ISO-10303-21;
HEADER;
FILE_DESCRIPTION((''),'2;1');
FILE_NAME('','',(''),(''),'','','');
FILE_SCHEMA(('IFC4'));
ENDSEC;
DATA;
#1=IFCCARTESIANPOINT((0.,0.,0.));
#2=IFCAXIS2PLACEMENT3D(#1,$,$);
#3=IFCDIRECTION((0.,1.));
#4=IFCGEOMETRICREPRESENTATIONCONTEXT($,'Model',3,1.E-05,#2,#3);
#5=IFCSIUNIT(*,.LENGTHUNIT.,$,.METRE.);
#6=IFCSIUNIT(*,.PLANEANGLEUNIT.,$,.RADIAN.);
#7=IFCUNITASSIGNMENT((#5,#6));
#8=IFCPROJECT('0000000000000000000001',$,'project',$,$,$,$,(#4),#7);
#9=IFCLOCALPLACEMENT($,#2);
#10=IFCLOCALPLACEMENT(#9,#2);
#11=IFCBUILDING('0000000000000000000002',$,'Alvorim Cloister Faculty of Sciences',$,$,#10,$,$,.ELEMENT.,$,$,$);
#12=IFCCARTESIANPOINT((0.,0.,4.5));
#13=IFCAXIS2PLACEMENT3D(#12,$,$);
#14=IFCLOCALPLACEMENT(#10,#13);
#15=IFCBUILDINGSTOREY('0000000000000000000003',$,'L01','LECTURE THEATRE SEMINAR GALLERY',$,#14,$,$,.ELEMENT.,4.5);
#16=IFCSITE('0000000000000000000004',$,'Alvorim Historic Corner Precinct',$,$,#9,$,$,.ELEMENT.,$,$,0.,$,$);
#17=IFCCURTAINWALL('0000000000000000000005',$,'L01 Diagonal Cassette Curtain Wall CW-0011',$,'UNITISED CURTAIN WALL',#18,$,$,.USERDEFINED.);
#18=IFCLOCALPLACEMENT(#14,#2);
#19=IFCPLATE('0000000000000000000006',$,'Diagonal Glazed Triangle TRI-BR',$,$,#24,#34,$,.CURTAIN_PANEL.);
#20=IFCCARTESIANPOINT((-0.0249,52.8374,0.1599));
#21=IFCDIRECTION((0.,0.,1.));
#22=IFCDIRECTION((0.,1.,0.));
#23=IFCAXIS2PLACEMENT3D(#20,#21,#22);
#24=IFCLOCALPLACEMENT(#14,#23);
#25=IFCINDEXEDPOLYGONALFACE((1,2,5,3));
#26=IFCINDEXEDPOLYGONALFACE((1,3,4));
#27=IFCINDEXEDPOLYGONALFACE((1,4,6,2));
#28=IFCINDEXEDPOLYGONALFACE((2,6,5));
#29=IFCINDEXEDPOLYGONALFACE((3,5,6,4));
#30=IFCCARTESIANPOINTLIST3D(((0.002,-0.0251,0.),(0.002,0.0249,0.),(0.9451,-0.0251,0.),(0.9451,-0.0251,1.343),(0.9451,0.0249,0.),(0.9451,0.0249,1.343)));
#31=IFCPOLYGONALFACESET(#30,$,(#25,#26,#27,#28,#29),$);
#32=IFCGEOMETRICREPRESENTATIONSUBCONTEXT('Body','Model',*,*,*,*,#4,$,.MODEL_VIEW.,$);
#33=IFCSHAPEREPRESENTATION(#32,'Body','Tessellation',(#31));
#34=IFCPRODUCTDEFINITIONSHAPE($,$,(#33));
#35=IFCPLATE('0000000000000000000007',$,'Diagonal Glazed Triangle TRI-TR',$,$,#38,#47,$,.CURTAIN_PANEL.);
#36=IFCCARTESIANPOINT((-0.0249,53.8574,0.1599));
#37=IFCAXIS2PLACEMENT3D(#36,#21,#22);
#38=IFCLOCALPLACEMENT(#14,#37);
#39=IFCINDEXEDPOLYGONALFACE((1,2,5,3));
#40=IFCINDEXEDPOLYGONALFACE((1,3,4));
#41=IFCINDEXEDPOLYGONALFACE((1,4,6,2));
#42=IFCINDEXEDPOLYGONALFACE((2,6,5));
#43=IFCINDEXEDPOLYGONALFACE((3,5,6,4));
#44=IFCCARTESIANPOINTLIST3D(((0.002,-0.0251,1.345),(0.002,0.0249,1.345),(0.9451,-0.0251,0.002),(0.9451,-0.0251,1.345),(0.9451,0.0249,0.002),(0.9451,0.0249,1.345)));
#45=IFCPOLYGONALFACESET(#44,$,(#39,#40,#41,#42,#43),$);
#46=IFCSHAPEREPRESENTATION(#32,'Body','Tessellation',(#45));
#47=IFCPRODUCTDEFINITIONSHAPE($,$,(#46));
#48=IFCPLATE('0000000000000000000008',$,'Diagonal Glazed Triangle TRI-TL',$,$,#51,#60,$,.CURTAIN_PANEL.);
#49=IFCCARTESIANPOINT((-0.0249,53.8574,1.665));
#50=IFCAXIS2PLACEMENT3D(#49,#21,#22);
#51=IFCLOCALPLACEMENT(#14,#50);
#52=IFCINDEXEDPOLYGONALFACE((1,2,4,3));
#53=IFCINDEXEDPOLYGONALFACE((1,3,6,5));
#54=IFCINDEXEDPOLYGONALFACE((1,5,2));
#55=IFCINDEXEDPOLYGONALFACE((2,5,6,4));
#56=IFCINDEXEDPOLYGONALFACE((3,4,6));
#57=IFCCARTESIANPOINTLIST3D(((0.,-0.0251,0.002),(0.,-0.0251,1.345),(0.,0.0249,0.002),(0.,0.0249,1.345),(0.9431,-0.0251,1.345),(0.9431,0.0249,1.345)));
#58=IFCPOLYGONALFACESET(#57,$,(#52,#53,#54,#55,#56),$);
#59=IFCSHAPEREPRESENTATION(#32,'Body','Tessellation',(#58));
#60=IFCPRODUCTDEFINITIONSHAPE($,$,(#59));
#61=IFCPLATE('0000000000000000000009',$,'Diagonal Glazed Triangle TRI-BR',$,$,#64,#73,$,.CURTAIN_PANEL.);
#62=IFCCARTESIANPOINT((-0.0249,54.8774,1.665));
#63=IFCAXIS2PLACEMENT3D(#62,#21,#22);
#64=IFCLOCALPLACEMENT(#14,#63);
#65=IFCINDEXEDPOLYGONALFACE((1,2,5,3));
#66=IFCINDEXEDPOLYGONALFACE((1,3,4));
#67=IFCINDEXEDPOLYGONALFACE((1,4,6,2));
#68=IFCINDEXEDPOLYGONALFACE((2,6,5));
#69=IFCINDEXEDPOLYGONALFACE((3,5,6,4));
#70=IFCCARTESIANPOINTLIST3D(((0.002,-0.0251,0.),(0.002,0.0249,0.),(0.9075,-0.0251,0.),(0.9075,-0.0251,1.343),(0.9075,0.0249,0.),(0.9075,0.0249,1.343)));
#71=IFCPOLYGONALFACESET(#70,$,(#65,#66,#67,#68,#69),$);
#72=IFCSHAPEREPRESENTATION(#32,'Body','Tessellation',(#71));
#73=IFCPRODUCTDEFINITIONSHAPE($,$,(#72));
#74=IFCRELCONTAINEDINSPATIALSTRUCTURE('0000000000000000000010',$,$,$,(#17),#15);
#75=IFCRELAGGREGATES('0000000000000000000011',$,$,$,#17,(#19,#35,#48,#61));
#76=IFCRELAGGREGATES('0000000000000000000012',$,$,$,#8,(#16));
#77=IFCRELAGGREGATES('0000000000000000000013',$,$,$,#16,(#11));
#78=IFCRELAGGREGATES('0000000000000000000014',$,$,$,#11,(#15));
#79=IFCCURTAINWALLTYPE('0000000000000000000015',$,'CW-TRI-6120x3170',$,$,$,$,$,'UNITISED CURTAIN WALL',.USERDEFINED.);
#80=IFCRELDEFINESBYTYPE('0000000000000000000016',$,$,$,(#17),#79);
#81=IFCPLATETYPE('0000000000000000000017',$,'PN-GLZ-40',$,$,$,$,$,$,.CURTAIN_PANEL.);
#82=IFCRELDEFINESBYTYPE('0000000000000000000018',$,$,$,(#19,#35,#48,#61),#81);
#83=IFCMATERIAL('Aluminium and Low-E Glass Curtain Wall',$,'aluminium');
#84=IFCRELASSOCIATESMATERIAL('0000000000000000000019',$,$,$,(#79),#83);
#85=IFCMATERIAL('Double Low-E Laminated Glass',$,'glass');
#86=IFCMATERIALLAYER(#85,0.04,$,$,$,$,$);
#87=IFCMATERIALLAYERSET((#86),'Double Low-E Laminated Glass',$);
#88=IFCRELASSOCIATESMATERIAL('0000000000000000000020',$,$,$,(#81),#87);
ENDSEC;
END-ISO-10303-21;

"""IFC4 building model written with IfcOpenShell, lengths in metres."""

from ifc_helpers import new_model, si_unit, direction, frame, origin, place, context, subcontext, project, spatial, polyline, outline, extrude, material, layer, layer_set, type_object, element, aggregate, save


model = new_model("IFC4")

# Units and contexts
model_context = context("Model", 3, precision=1e-05, world=origin(), true_north=direction((0.0, 1.0)))
body_context = subcontext(model_context, "Body", "Model", "MODEL_VIEW")
ifc_project = project(units=[si_unit("LENGTHUNIT", "METRE"), si_unit("PLANEANGLEUNIT", "RADIAN")], contexts=[model_context])

# Site, building, storey
site_placement = place(None, origin())
site = spatial("IfcSite", under=ifc_project, at=site_placement, Name="Alvorim Historic Corner Precinct", CompositionType="ELEMENT", RefElevation=0.0)
building_placement = place(site_placement, origin())
building = spatial("IfcBuilding", under=site, at=building_placement, Name="Alvorim Cloister Faculty of Sciences", CompositionType="ELEMENT")
storey_placement = place(building_placement, frame((0.0, 0.0, 4.5)))
storey = spatial("IfcBuildingStorey", under=building, at=storey_placement, Name="L01", Description="LECTURE THEATRE SEMINAR GALLERY", CompositionType="ELEMENT", Elevation=4.5)

# Curtain wall, plates
ifc_material_1 = material(Name="Aluminium and Low-E Glass Curtain Wall", Category="aluminium")
curtain_wall_type = type_object("IfcCurtainWallType", Name="CW-TRI-6120x3170", ElementType="UNITISED CURTAIN WALL", PredefinedType="USERDEFINED", material=ifc_material_1)
curtain_wall_placement = place(storey_placement, origin())
curtain_wall = element("IfcCurtainWall", 1, at=curtain_wall_placement, inside=storey, type_object=curtain_wall_type, Name="L01 Diagonal Cassette Curtain Wall CW-0011", ObjectType="UNITISED CURTAIN WALL", PredefinedType="USERDEFINED")
ifc_material_2 = material(Name="Double Low-E Laminated Glass", Category="glass")
ifc_layer = layer(ifc_material_2, 0.04)
ifc_layer_set = layer_set([ifc_layer], Name="Double Low-E Laminated Glass")
plate_type = type_object("IfcPlateType", Name="PN-GLZ-40", PredefinedType="CURTAIN_PANEL", material=ifc_layer_set)
plate_1_placement = place(storey_placement, frame((-0.0249, 52.8374, 0.1599), z_axis=(0.0, 0.0, 1.0), x_axis=(0.0, 1.0, 0.0)))
plate_1 = element("IfcPlate", 2, at=plate_1_placement, type_object=plate_type, Name="Diagonal Glazed Triangle TRI-BR", PredefinedType="CURTAIN_PANEL", context=body_context, shape_type="SweptSolid", body=[
    extrude(outline(polyline([(0.002, 0.0), (0.9451, 0.0), (0.9451, 1.343), (0.002, 0.0)])), frame((0.0, 0.0249, 0.0), z_axis=(0.0, -1.0, 0.0), x_axis=(1.0, 0.0, 0.0)), (0.0, 0.0, 1.0), 0.05),
])
plate_2_placement = place(storey_placement, frame((-0.0249, 53.8574, 0.1599), z_axis=(0.0, 0.0, 1.0), x_axis=(0.0, 1.0, 0.0)))
plate_2 = element("IfcPlate", 3, at=plate_2_placement, type_object=plate_type, Name="Diagonal Glazed Triangle TRI-TR", PredefinedType="CURTAIN_PANEL", context=body_context, shape_type="SweptSolid", body=[
    extrude(outline(polyline([(0.9451, 0.002), (0.9451, 1.345), (0.002, 1.345), (0.9451, 0.002)])), frame((0.0, 0.0249, 0.0), z_axis=(0.0, -1.0, 0.0), x_axis=(1.0, 0.0, 0.0)), (0.0, 0.0, 1.0), 0.05),
])
plate_3_placement = place(storey_placement, frame((-0.0249, 53.8574, 1.665), z_axis=(0.0, 0.0, 1.0), x_axis=(0.0, 1.0, 0.0)))
plate_3 = element("IfcPlate", 4, at=plate_3_placement, type_object=plate_type, Name="Diagonal Glazed Triangle TRI-TL", PredefinedType="CURTAIN_PANEL", context=body_context, shape_type="SweptSolid", body=[
    extrude(outline(polyline([(0.9431, 1.345), (0.0, 1.345), (0.0, 0.002), (0.9431, 1.345)])), frame((0.0, 0.0249, 0.0), z_axis=(0.0, -1.0, 0.0), x_axis=(1.0, 0.0, 0.0)), (0.0, 0.0, 1.0), 0.05),
])
plate_4_placement = place(storey_placement, frame((-0.0249, 54.8774, 1.665), z_axis=(0.0, 0.0, 1.0), x_axis=(0.0, 1.0, 0.0)))
plate_4 = element("IfcPlate", 5, at=plate_4_placement, type_object=plate_type, Name="Diagonal Glazed Triangle TRI-BR", PredefinedType="CURTAIN_PANEL", context=body_context, shape_type="SweptSolid", body=[
    extrude(outline(polyline([(0.002, 0.0), (0.9075, 0.0), (0.9075, 1.343), (0.002, 0.0)])), frame((0.0, 0.0249, 0.0), z_axis=(0.0, -1.0, 0.0), x_axis=(1.0, 0.0, 0.0)), (0.0, 0.0, 1.0), 0.05),
])
aggregate(curtain_wall, [plate_1, plate_2, plate_3, plate_4])

save(model, "model.ifc")
